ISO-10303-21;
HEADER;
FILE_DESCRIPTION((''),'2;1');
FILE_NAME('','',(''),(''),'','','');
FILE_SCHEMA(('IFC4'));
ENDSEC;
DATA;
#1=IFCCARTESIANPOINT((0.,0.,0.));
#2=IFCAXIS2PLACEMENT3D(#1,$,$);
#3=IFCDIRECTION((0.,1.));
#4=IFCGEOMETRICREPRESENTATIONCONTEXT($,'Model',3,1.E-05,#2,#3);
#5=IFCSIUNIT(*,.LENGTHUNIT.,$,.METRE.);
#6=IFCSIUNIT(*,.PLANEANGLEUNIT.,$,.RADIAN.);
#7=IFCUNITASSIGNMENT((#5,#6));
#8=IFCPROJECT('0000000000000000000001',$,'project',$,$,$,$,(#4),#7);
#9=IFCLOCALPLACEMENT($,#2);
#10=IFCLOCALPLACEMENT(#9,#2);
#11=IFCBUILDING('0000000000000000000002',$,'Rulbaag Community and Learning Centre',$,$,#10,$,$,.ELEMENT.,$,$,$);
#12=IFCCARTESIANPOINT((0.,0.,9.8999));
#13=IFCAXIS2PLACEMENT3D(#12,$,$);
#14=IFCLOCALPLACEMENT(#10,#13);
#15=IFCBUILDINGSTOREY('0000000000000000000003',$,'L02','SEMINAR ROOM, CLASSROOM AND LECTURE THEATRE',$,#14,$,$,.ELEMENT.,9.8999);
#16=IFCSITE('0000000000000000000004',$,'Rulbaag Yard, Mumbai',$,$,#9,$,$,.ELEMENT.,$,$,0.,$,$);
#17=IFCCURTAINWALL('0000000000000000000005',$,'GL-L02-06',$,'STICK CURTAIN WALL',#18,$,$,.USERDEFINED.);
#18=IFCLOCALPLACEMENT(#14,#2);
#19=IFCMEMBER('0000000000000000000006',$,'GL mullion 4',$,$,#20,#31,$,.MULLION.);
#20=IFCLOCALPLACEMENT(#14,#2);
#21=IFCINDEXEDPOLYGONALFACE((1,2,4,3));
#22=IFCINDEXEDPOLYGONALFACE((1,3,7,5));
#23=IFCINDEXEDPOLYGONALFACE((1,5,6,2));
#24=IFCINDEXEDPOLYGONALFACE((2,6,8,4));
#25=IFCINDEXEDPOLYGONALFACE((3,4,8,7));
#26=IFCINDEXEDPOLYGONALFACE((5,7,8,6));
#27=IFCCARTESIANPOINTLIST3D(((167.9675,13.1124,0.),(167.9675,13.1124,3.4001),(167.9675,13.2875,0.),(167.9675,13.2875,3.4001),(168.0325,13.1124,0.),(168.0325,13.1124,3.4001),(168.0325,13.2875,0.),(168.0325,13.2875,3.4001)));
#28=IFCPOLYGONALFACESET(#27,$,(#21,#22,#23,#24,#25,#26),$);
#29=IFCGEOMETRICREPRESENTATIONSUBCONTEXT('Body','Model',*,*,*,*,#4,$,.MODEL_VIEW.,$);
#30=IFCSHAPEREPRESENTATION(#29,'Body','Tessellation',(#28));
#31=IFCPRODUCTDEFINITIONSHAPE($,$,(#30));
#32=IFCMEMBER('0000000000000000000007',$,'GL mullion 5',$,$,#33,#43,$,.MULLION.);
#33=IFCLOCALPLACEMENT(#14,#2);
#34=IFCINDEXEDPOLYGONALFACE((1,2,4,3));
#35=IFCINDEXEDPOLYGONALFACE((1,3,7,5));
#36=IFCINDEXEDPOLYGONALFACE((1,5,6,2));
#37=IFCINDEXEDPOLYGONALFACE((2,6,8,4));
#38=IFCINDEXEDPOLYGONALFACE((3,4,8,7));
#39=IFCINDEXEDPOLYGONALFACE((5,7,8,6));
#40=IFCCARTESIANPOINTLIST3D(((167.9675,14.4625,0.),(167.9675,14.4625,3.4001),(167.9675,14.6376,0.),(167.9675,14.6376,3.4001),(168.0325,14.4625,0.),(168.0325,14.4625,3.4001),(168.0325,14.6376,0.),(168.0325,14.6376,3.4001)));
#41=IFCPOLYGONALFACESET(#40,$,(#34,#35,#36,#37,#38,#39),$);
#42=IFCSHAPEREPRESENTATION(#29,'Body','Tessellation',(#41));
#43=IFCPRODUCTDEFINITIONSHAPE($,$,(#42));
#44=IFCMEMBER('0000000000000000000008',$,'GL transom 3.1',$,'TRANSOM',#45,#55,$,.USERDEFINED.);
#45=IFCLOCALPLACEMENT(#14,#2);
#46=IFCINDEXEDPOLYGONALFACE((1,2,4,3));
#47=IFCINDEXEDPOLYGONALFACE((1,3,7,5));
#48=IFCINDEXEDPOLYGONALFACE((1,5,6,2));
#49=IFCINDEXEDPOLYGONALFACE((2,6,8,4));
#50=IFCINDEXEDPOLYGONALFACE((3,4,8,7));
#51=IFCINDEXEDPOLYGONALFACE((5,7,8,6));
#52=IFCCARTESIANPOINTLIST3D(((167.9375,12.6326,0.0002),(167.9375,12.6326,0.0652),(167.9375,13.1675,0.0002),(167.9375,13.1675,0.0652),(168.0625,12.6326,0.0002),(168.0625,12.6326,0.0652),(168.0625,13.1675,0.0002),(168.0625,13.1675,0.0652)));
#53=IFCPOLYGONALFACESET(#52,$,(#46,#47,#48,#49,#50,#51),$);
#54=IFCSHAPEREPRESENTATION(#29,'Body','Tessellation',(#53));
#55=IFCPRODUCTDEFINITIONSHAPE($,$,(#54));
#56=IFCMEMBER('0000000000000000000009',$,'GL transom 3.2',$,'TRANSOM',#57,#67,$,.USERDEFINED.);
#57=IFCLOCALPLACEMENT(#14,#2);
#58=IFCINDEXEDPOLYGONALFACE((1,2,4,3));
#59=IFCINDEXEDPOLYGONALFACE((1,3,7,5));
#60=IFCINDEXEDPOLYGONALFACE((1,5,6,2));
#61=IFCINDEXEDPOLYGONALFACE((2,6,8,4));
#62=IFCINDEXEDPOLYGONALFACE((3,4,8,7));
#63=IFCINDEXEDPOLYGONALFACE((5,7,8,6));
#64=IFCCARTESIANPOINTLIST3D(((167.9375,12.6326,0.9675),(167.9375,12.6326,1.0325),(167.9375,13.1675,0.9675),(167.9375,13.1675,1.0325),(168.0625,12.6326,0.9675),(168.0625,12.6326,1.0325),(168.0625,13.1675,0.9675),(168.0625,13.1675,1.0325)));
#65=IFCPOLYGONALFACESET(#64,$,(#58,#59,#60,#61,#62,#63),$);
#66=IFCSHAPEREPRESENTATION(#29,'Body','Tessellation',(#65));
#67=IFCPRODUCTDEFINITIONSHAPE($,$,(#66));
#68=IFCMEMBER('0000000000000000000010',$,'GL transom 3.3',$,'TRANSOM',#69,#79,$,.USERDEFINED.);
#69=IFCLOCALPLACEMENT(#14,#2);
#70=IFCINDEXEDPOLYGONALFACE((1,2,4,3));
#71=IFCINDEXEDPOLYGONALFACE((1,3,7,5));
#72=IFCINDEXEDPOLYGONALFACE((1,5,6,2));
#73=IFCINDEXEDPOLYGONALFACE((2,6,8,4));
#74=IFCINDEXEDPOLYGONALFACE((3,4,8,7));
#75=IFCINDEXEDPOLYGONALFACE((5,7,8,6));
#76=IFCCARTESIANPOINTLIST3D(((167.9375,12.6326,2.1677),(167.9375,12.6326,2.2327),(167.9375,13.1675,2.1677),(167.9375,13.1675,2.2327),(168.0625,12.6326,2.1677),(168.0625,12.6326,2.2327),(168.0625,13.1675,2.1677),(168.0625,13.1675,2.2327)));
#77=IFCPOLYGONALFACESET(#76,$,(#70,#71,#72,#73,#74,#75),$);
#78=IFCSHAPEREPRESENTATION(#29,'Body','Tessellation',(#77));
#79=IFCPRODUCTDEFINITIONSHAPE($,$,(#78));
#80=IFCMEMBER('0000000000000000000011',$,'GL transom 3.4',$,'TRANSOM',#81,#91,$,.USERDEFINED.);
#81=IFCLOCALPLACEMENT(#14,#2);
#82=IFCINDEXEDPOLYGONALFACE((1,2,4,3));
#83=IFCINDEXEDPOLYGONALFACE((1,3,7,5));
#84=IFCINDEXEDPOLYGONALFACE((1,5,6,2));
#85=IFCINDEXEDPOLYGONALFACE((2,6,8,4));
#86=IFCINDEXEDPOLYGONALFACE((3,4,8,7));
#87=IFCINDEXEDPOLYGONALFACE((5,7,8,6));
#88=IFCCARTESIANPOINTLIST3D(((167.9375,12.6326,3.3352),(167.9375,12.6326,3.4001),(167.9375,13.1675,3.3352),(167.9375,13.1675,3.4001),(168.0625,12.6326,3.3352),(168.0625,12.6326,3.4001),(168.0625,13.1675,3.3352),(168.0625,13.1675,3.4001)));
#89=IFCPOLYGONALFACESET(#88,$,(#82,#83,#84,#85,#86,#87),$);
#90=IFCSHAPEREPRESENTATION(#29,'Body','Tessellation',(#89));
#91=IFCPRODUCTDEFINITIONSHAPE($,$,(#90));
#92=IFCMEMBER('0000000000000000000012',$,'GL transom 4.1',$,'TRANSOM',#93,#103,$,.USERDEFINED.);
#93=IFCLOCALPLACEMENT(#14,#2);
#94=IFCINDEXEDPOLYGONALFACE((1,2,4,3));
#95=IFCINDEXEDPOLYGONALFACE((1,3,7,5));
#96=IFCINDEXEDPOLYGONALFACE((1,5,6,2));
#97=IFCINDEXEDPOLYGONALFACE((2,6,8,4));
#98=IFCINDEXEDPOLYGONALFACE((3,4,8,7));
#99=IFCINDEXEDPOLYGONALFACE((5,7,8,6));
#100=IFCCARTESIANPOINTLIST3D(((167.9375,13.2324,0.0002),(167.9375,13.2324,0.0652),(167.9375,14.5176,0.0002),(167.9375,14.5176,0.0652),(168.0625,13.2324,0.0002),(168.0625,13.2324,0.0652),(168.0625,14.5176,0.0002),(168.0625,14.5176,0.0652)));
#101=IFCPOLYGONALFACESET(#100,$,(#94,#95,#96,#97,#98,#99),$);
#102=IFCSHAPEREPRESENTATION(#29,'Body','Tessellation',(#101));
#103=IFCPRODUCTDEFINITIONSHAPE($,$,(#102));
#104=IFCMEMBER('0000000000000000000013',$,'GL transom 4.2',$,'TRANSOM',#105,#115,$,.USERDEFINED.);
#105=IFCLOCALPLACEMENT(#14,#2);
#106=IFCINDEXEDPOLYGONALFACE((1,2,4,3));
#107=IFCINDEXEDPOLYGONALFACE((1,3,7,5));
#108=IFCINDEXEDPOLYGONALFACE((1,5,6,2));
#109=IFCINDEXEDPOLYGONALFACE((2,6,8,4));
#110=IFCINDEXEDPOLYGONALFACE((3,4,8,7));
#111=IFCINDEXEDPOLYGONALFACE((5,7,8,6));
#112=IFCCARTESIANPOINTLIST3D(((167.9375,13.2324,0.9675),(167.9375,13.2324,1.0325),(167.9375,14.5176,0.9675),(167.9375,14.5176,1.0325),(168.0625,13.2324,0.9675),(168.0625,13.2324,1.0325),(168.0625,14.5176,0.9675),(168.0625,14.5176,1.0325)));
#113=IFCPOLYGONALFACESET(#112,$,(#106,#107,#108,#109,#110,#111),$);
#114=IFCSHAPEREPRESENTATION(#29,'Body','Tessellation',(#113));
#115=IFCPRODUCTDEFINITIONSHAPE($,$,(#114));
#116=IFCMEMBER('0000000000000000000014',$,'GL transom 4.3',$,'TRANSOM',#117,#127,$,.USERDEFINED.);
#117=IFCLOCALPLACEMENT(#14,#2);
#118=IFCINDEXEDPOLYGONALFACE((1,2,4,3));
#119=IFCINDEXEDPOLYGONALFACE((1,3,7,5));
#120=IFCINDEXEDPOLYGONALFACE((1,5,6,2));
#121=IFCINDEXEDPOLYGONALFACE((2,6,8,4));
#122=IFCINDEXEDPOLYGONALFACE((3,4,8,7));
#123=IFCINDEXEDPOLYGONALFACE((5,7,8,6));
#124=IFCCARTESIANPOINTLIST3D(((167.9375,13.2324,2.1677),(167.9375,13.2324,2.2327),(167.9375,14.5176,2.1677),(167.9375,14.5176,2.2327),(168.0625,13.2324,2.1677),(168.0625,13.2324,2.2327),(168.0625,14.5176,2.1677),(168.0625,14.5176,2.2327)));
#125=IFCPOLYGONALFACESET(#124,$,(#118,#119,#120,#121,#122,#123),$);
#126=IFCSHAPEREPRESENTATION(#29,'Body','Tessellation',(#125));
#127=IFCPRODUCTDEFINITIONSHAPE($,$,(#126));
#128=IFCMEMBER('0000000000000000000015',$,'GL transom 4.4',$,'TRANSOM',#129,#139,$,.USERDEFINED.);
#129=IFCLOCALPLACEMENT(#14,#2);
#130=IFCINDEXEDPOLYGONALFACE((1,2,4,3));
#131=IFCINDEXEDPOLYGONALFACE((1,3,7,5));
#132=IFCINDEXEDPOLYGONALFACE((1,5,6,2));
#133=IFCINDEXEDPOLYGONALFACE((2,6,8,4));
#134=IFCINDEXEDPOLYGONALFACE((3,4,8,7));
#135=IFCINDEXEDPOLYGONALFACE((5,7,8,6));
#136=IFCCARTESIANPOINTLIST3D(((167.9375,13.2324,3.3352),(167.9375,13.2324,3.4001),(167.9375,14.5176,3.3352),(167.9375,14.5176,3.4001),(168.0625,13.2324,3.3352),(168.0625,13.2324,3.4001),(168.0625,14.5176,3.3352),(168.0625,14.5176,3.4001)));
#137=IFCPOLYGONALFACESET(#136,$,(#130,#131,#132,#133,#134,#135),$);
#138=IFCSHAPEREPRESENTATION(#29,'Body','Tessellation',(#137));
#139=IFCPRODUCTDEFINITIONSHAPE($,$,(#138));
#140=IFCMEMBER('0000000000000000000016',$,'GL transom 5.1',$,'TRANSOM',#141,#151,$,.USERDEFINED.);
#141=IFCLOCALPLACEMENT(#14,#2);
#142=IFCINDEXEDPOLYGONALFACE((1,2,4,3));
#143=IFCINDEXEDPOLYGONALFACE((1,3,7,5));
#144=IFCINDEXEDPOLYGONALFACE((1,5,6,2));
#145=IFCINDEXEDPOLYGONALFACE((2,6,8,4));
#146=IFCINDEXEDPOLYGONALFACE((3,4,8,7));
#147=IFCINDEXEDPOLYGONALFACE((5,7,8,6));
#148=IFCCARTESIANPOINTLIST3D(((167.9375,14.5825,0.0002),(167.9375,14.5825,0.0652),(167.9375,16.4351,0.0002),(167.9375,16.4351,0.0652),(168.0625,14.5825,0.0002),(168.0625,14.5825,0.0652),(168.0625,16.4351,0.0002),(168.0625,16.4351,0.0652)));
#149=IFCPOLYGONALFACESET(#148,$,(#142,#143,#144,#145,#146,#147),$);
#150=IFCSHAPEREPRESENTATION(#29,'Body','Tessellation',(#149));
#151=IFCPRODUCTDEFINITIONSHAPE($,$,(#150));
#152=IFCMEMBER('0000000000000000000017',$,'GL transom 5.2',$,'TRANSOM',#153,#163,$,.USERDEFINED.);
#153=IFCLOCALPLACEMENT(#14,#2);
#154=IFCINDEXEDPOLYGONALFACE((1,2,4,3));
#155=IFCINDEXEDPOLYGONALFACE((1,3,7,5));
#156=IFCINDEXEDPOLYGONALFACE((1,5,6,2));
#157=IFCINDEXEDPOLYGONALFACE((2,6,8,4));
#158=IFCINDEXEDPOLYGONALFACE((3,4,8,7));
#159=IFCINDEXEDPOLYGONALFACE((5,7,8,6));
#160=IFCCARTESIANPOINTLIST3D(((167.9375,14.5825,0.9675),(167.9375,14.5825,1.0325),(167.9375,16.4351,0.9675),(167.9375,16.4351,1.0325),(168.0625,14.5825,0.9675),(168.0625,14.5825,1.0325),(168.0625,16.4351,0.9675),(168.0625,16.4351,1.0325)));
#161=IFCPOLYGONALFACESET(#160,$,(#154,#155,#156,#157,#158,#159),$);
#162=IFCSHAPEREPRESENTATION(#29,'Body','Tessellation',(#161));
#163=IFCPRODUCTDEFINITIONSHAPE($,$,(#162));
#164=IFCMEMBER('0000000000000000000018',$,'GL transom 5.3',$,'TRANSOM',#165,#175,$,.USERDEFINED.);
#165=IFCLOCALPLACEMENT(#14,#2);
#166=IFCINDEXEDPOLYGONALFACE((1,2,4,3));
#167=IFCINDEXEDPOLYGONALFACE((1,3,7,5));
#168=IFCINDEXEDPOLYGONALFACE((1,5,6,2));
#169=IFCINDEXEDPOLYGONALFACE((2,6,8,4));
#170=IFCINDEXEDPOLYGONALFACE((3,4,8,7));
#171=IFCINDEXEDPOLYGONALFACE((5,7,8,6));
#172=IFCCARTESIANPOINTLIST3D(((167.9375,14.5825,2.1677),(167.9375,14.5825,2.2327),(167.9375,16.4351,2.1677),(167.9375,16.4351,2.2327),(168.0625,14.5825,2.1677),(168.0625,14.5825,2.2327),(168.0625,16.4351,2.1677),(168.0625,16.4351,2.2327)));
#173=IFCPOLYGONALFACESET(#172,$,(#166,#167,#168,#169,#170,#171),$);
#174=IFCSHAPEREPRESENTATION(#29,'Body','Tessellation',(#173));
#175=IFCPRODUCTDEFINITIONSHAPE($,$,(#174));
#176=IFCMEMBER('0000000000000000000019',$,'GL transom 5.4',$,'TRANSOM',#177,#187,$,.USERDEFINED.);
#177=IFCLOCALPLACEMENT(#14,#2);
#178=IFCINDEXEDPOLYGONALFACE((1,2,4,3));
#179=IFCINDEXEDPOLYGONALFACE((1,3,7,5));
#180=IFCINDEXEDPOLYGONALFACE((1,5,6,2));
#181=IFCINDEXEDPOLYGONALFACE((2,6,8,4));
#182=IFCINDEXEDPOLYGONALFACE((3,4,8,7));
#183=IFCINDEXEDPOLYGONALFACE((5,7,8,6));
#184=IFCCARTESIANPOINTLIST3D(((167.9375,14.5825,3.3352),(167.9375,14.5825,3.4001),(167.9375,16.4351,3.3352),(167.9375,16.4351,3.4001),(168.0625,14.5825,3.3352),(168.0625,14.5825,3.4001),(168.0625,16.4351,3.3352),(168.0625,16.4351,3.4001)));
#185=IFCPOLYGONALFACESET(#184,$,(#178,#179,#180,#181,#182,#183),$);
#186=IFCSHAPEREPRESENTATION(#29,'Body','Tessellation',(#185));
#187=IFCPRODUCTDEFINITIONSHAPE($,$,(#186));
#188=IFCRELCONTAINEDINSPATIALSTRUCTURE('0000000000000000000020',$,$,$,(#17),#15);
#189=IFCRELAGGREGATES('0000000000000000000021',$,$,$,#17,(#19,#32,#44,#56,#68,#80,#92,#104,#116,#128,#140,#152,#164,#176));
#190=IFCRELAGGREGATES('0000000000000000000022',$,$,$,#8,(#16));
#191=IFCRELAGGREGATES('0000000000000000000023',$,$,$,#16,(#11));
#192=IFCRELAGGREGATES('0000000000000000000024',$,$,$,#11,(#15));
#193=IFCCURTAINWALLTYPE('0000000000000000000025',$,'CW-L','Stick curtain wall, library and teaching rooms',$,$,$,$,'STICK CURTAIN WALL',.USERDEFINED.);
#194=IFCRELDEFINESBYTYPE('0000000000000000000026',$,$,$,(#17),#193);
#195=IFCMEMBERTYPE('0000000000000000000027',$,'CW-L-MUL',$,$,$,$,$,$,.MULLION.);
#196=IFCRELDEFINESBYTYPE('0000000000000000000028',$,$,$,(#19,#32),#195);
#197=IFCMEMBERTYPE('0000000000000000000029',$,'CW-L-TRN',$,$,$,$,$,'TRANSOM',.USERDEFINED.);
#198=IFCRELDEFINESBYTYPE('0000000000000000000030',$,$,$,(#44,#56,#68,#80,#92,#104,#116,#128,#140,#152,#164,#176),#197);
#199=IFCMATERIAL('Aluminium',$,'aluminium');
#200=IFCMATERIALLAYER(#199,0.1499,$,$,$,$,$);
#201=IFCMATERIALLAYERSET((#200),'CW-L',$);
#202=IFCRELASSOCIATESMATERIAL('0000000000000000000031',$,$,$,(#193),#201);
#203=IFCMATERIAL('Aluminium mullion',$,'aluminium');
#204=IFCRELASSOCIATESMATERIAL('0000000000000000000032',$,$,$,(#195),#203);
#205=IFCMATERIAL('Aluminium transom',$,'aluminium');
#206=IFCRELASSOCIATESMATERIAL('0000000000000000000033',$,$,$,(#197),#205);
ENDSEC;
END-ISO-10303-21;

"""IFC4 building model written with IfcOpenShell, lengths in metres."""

from ifc_helpers import new_model, si_unit, direction, frame, origin, origin_2d, place, context, subcontext, project, spatial, rectangle, extrude, material, layer, layer_set, material_profile, profile_set, type_object, element, aggregate, save


model = new_model("IFC4")

# Units and contexts
model_context = context("Model", 3, precision=1e-05, world=origin(), true_north=direction((0.0, 1.0)))
body_context = subcontext(model_context, "Body", "Model", "MODEL_VIEW")
ifc_project = project(units=[si_unit("LENGTHUNIT", "METRE"), si_unit("PLANEANGLEUNIT", "RADIAN")], contexts=[model_context])

# Site, building, storey
site_placement = place(None, origin())
site = spatial("IfcSite", under=ifc_project, at=site_placement, Name="Rulbaag Yard, Mumbai", CompositionType="ELEMENT", RefElevation=0.0)
building_placement = place(site_placement, origin())
building = spatial("IfcBuilding", under=site, at=building_placement, Name="Rulbaag Community and Learning Centre", CompositionType="ELEMENT")
storey_placement = place(building_placement, frame((0.0, 0.0, 9.8999)))
storey = spatial("IfcBuildingStorey", under=building, at=storey_placement, Name="L02", Description="SEMINAR ROOM, CLASSROOM AND LECTURE THEATRE", CompositionType="ELEMENT", Elevation=9.8999)

# Curtain wall, members
ifc_material_1 = material(Name="Aluminium", Category="aluminium")
ifc_layer_1 = layer(ifc_material_1, 0.1499)
ifc_layer_set_1 = layer_set([ifc_layer_1], Name="CW-L")
curtain_wall_type = type_object("IfcCurtainWallType", Name="CW-L", Description="Stick curtain wall, library and teaching rooms", ElementType="STICK CURTAIN WALL", PredefinedType="USERDEFINED", material=ifc_layer_set_1)
curtain_wall_placement = place(storey_placement, origin())
curtain_wall = element("IfcCurtainWall", 1, at=curtain_wall_placement, inside=storey, type_object=curtain_wall_type, Name="GL-L02-06", ObjectType="STICK CURTAIN WALL", PredefinedType="USERDEFINED")
ifc_material_2 = material(Name="Aluminium mullion", Category="aluminium")
ifc_material_profile_1 = material_profile(ifc_material_2, rectangle(XDim=0.0649, YDim=0.175, at=origin_2d()), Name="AL 65x175")
ifc_profile_set_1 = profile_set([ifc_material_profile_1], Name="Aluminium mullion")
member_type_1 = type_object("IfcMemberType", Name="CW-L-MUL", PredefinedType="MULLION", material=ifc_profile_set_1)
member_1_placement = place(storey_placement, frame((168.0, 13.2, 0.0), z_axis=(0.0, 0.0, 1.0), x_axis=(-1.0, 0.0, 0.0)))
member_1 = element("IfcMember", 2, at=member_1_placement, type_object=member_type_1, Name="GL mullion 4", PredefinedType="MULLION", context=body_context, shape_type="SweptSolid", body=[
    extrude(rectangle(XDim=0.0649, YDim=0.175, at=origin_2d()), origin(), (0.0, 0.0, 1.0), 3.4001),
])
member_2_placement = place(storey_placement, frame((168.0, 14.55, 0.0), z_axis=(0.0, 0.0, 1.0), x_axis=(-1.0, 0.0, 0.0)))
member_2 = element("IfcMember", 3, at=member_2_placement, type_object=member_type_1, Name="GL mullion 5", PredefinedType="MULLION", context=body_context, shape_type="SweptSolid", body=[
    extrude(rectangle(XDim=0.0649, YDim=0.175, at=origin_2d()), origin(), (0.0, 0.0, 1.0), 3.4001),
])
ifc_material_3 = material(Name="Aluminium transom", Category="aluminium")
ifc_material_profile_2 = material_profile(ifc_material_3, rectangle(XDim=0.125, YDim=0.0649, at=origin_2d()), Name="AL 65x125 T")
ifc_profile_set_2 = profile_set([ifc_material_profile_2], Name="Aluminium transom")
member_type_2 = type_object("IfcMemberType", Name="CW-L-TRN", ElementType="TRANSOM", PredefinedType="USERDEFINED", material=ifc_profile_set_2)
member_3_placement = place(storey_placement, frame((168.0, 12.6326, 0.0327), z_axis=(0.0, 1.0, 0.0), x_axis=(-1.0, 0.0, 0.0)))
member_3 = element("IfcMember", 4, at=member_3_placement, type_object=member_type_2, Name="GL transom 3.1", ObjectType="TRANSOM", PredefinedType="USERDEFINED", context=body_context, shape_type="SweptSolid", body=[
    extrude(rectangle(XDim=0.125, YDim=0.0649, at=origin_2d()), origin(), (0.0, 0.0, 1.0), 0.5349),
])
member_4_placement = place(storey_placement, frame((168.0, 12.6326, 1.0), z_axis=(0.0, 1.0, 0.0), x_axis=(-1.0, 0.0, 0.0)))
member_4 = element("IfcMember", 5, at=member_4_placement, type_object=member_type_2, Name="GL transom 3.2", ObjectType="TRANSOM", PredefinedType="USERDEFINED", context=body_context, shape_type="SweptSolid", body=[
    extrude(rectangle(XDim=0.125, YDim=0.0649, at=origin_2d()), origin(), (0.0, 0.0, 1.0), 0.5349),
])
member_5_placement = place(storey_placement, frame((168.0, 12.6326, 2.2002), z_axis=(0.0, 1.0, 0.0), x_axis=(-1.0, 0.0, 0.0)))
member_5 = element("IfcMember", 6, at=member_5_placement, type_object=member_type_2, Name="GL transom 3.3", ObjectType="TRANSOM", PredefinedType="USERDEFINED", context=body_context, shape_type="SweptSolid", body=[
    extrude(rectangle(XDim=0.125, YDim=0.0649, at=origin_2d()), origin(), (0.0, 0.0, 1.0), 0.5349),
])
member_6_placement = place(storey_placement, frame((168.0, 12.6326, 3.3677), z_axis=(0.0, 1.0, 0.0), x_axis=(-1.0, 0.0, 0.0)))
member_6 = element("IfcMember", 7, at=member_6_placement, type_object=member_type_2, Name="GL transom 3.4", ObjectType="TRANSOM", PredefinedType="USERDEFINED", context=body_context, shape_type="SweptSolid", body=[
    extrude(rectangle(XDim=0.125, YDim=0.0649, at=origin_2d()), origin(), (0.0, 0.0, 1.0), 0.5349),
])
member_7_placement = place(storey_placement, frame((168.0, 13.2324, 0.0327), z_axis=(0.0, 1.0, 0.0), x_axis=(-1.0, 0.0, 0.0)))
member_7 = element("IfcMember", 8, at=member_7_placement, type_object=member_type_2, Name="GL transom 4.1", ObjectType="TRANSOM", PredefinedType="USERDEFINED", context=body_context, shape_type="SweptSolid", body=[
    extrude(rectangle(XDim=0.125, YDim=0.0649, at=origin_2d()), origin(), (0.0, 0.0, 1.0), 1.2852),
])
member_8_placement = place(storey_placement, frame((168.0, 13.2324, 1.0), z_axis=(0.0, 1.0, 0.0), x_axis=(-1.0, 0.0, 0.0)))
member_8 = element("IfcMember", 9, at=member_8_placement, type_object=member_type_2, Name="GL transom 4.2", ObjectType="TRANSOM", PredefinedType="USERDEFINED", context=body_context, shape_type="SweptSolid", body=[
    extrude(rectangle(XDim=0.125, YDim=0.0649, at=origin_2d()), origin(), (0.0, 0.0, 1.0), 1.2852),
])
member_9_placement = place(storey_placement, frame((168.0, 13.2324, 2.2002), z_axis=(0.0, 1.0, 0.0), x_axis=(-1.0, 0.0, 0.0)))
member_9 = element("IfcMember", 10, at=member_9_placement, type_object=member_type_2, Name="GL transom 4.3", ObjectType="TRANSOM", PredefinedType="USERDEFINED", context=body_context, shape_type="SweptSolid", body=[
    extrude(rectangle(XDim=0.125, YDim=0.0649, at=origin_2d()), origin(), (0.0, 0.0, 1.0), 1.2852),
])
member_10_placement = place(storey_placement, frame((168.0, 13.2324, 3.3677), z_axis=(0.0, 1.0, 0.0), x_axis=(-1.0, 0.0, 0.0)))
member_10 = element("IfcMember", 11, at=member_10_placement, type_object=member_type_2, Name="GL transom 4.4", ObjectType="TRANSOM", PredefinedType="USERDEFINED", context=body_context, shape_type="SweptSolid", body=[
    extrude(rectangle(XDim=0.125, YDim=0.0649, at=origin_2d()), origin(), (0.0, 0.0, 1.0), 1.2852),
])
member_11_placement = place(storey_placement, frame((168.0, 14.5825, 0.0327), z_axis=(0.0, 1.0, 0.0), x_axis=(-1.0, 0.0, 0.0)))
member_11 = element("IfcMember", 12, at=member_11_placement, type_object=member_type_2, Name="GL transom 5.1", ObjectType="TRANSOM", PredefinedType="USERDEFINED", context=body_context, shape_type="SweptSolid", body=[
    extrude(rectangle(XDim=0.125, YDim=0.0649, at=origin_2d()), origin(), (0.0, 0.0, 1.0), 1.8525),
])
member_12_placement = place(storey_placement, frame((168.0, 14.5825, 1.0), z_axis=(0.0, 1.0, 0.0), x_axis=(-1.0, 0.0, 0.0)))
member_12 = element("IfcMember", 13, at=member_12_placement, type_object=member_type_2, Name="GL transom 5.2", ObjectType="TRANSOM", PredefinedType="USERDEFINED", context=body_context, shape_type="SweptSolid", body=[
    extrude(rectangle(XDim=0.125, YDim=0.0649, at=origin_2d()), origin(), (0.0, 0.0, 1.0), 1.8525),
])
member_13_placement = place(storey_placement, frame((168.0, 14.5825, 2.2002), z_axis=(0.0, 1.0, 0.0), x_axis=(-1.0, 0.0, 0.0)))
member_13 = element("IfcMember", 14, at=member_13_placement, type_object=member_type_2, Name="GL transom 5.3", ObjectType="TRANSOM", PredefinedType="USERDEFINED", context=body_context, shape_type="SweptSolid", body=[
    extrude(rectangle(XDim=0.125, YDim=0.0649, at=origin_2d()), origin(), (0.0, 0.0, 1.0), 1.8525),
])
member_14_placement = place(storey_placement, frame((168.0, 14.5825, 3.3677), z_axis=(0.0, 1.0, 0.0), x_axis=(-1.0, 0.0, 0.0)))
member_14 = element("IfcMember", 15, at=member_14_placement, type_object=member_type_2, Name="GL transom 5.4", ObjectType="TRANSOM", PredefinedType="USERDEFINED", context=body_context, shape_type="SweptSolid", body=[
    extrude(rectangle(XDim=0.125, YDim=0.0649, at=origin_2d()), origin(), (0.0, 0.0, 1.0), 1.8525),
])
aggregate(curtain_wall, [member_1, member_2, member_3, member_4, member_5, member_6, member_7, member_8, member_9, member_10, member_11, member_12, member_13, member_14])

save(model, "model.ifc")
